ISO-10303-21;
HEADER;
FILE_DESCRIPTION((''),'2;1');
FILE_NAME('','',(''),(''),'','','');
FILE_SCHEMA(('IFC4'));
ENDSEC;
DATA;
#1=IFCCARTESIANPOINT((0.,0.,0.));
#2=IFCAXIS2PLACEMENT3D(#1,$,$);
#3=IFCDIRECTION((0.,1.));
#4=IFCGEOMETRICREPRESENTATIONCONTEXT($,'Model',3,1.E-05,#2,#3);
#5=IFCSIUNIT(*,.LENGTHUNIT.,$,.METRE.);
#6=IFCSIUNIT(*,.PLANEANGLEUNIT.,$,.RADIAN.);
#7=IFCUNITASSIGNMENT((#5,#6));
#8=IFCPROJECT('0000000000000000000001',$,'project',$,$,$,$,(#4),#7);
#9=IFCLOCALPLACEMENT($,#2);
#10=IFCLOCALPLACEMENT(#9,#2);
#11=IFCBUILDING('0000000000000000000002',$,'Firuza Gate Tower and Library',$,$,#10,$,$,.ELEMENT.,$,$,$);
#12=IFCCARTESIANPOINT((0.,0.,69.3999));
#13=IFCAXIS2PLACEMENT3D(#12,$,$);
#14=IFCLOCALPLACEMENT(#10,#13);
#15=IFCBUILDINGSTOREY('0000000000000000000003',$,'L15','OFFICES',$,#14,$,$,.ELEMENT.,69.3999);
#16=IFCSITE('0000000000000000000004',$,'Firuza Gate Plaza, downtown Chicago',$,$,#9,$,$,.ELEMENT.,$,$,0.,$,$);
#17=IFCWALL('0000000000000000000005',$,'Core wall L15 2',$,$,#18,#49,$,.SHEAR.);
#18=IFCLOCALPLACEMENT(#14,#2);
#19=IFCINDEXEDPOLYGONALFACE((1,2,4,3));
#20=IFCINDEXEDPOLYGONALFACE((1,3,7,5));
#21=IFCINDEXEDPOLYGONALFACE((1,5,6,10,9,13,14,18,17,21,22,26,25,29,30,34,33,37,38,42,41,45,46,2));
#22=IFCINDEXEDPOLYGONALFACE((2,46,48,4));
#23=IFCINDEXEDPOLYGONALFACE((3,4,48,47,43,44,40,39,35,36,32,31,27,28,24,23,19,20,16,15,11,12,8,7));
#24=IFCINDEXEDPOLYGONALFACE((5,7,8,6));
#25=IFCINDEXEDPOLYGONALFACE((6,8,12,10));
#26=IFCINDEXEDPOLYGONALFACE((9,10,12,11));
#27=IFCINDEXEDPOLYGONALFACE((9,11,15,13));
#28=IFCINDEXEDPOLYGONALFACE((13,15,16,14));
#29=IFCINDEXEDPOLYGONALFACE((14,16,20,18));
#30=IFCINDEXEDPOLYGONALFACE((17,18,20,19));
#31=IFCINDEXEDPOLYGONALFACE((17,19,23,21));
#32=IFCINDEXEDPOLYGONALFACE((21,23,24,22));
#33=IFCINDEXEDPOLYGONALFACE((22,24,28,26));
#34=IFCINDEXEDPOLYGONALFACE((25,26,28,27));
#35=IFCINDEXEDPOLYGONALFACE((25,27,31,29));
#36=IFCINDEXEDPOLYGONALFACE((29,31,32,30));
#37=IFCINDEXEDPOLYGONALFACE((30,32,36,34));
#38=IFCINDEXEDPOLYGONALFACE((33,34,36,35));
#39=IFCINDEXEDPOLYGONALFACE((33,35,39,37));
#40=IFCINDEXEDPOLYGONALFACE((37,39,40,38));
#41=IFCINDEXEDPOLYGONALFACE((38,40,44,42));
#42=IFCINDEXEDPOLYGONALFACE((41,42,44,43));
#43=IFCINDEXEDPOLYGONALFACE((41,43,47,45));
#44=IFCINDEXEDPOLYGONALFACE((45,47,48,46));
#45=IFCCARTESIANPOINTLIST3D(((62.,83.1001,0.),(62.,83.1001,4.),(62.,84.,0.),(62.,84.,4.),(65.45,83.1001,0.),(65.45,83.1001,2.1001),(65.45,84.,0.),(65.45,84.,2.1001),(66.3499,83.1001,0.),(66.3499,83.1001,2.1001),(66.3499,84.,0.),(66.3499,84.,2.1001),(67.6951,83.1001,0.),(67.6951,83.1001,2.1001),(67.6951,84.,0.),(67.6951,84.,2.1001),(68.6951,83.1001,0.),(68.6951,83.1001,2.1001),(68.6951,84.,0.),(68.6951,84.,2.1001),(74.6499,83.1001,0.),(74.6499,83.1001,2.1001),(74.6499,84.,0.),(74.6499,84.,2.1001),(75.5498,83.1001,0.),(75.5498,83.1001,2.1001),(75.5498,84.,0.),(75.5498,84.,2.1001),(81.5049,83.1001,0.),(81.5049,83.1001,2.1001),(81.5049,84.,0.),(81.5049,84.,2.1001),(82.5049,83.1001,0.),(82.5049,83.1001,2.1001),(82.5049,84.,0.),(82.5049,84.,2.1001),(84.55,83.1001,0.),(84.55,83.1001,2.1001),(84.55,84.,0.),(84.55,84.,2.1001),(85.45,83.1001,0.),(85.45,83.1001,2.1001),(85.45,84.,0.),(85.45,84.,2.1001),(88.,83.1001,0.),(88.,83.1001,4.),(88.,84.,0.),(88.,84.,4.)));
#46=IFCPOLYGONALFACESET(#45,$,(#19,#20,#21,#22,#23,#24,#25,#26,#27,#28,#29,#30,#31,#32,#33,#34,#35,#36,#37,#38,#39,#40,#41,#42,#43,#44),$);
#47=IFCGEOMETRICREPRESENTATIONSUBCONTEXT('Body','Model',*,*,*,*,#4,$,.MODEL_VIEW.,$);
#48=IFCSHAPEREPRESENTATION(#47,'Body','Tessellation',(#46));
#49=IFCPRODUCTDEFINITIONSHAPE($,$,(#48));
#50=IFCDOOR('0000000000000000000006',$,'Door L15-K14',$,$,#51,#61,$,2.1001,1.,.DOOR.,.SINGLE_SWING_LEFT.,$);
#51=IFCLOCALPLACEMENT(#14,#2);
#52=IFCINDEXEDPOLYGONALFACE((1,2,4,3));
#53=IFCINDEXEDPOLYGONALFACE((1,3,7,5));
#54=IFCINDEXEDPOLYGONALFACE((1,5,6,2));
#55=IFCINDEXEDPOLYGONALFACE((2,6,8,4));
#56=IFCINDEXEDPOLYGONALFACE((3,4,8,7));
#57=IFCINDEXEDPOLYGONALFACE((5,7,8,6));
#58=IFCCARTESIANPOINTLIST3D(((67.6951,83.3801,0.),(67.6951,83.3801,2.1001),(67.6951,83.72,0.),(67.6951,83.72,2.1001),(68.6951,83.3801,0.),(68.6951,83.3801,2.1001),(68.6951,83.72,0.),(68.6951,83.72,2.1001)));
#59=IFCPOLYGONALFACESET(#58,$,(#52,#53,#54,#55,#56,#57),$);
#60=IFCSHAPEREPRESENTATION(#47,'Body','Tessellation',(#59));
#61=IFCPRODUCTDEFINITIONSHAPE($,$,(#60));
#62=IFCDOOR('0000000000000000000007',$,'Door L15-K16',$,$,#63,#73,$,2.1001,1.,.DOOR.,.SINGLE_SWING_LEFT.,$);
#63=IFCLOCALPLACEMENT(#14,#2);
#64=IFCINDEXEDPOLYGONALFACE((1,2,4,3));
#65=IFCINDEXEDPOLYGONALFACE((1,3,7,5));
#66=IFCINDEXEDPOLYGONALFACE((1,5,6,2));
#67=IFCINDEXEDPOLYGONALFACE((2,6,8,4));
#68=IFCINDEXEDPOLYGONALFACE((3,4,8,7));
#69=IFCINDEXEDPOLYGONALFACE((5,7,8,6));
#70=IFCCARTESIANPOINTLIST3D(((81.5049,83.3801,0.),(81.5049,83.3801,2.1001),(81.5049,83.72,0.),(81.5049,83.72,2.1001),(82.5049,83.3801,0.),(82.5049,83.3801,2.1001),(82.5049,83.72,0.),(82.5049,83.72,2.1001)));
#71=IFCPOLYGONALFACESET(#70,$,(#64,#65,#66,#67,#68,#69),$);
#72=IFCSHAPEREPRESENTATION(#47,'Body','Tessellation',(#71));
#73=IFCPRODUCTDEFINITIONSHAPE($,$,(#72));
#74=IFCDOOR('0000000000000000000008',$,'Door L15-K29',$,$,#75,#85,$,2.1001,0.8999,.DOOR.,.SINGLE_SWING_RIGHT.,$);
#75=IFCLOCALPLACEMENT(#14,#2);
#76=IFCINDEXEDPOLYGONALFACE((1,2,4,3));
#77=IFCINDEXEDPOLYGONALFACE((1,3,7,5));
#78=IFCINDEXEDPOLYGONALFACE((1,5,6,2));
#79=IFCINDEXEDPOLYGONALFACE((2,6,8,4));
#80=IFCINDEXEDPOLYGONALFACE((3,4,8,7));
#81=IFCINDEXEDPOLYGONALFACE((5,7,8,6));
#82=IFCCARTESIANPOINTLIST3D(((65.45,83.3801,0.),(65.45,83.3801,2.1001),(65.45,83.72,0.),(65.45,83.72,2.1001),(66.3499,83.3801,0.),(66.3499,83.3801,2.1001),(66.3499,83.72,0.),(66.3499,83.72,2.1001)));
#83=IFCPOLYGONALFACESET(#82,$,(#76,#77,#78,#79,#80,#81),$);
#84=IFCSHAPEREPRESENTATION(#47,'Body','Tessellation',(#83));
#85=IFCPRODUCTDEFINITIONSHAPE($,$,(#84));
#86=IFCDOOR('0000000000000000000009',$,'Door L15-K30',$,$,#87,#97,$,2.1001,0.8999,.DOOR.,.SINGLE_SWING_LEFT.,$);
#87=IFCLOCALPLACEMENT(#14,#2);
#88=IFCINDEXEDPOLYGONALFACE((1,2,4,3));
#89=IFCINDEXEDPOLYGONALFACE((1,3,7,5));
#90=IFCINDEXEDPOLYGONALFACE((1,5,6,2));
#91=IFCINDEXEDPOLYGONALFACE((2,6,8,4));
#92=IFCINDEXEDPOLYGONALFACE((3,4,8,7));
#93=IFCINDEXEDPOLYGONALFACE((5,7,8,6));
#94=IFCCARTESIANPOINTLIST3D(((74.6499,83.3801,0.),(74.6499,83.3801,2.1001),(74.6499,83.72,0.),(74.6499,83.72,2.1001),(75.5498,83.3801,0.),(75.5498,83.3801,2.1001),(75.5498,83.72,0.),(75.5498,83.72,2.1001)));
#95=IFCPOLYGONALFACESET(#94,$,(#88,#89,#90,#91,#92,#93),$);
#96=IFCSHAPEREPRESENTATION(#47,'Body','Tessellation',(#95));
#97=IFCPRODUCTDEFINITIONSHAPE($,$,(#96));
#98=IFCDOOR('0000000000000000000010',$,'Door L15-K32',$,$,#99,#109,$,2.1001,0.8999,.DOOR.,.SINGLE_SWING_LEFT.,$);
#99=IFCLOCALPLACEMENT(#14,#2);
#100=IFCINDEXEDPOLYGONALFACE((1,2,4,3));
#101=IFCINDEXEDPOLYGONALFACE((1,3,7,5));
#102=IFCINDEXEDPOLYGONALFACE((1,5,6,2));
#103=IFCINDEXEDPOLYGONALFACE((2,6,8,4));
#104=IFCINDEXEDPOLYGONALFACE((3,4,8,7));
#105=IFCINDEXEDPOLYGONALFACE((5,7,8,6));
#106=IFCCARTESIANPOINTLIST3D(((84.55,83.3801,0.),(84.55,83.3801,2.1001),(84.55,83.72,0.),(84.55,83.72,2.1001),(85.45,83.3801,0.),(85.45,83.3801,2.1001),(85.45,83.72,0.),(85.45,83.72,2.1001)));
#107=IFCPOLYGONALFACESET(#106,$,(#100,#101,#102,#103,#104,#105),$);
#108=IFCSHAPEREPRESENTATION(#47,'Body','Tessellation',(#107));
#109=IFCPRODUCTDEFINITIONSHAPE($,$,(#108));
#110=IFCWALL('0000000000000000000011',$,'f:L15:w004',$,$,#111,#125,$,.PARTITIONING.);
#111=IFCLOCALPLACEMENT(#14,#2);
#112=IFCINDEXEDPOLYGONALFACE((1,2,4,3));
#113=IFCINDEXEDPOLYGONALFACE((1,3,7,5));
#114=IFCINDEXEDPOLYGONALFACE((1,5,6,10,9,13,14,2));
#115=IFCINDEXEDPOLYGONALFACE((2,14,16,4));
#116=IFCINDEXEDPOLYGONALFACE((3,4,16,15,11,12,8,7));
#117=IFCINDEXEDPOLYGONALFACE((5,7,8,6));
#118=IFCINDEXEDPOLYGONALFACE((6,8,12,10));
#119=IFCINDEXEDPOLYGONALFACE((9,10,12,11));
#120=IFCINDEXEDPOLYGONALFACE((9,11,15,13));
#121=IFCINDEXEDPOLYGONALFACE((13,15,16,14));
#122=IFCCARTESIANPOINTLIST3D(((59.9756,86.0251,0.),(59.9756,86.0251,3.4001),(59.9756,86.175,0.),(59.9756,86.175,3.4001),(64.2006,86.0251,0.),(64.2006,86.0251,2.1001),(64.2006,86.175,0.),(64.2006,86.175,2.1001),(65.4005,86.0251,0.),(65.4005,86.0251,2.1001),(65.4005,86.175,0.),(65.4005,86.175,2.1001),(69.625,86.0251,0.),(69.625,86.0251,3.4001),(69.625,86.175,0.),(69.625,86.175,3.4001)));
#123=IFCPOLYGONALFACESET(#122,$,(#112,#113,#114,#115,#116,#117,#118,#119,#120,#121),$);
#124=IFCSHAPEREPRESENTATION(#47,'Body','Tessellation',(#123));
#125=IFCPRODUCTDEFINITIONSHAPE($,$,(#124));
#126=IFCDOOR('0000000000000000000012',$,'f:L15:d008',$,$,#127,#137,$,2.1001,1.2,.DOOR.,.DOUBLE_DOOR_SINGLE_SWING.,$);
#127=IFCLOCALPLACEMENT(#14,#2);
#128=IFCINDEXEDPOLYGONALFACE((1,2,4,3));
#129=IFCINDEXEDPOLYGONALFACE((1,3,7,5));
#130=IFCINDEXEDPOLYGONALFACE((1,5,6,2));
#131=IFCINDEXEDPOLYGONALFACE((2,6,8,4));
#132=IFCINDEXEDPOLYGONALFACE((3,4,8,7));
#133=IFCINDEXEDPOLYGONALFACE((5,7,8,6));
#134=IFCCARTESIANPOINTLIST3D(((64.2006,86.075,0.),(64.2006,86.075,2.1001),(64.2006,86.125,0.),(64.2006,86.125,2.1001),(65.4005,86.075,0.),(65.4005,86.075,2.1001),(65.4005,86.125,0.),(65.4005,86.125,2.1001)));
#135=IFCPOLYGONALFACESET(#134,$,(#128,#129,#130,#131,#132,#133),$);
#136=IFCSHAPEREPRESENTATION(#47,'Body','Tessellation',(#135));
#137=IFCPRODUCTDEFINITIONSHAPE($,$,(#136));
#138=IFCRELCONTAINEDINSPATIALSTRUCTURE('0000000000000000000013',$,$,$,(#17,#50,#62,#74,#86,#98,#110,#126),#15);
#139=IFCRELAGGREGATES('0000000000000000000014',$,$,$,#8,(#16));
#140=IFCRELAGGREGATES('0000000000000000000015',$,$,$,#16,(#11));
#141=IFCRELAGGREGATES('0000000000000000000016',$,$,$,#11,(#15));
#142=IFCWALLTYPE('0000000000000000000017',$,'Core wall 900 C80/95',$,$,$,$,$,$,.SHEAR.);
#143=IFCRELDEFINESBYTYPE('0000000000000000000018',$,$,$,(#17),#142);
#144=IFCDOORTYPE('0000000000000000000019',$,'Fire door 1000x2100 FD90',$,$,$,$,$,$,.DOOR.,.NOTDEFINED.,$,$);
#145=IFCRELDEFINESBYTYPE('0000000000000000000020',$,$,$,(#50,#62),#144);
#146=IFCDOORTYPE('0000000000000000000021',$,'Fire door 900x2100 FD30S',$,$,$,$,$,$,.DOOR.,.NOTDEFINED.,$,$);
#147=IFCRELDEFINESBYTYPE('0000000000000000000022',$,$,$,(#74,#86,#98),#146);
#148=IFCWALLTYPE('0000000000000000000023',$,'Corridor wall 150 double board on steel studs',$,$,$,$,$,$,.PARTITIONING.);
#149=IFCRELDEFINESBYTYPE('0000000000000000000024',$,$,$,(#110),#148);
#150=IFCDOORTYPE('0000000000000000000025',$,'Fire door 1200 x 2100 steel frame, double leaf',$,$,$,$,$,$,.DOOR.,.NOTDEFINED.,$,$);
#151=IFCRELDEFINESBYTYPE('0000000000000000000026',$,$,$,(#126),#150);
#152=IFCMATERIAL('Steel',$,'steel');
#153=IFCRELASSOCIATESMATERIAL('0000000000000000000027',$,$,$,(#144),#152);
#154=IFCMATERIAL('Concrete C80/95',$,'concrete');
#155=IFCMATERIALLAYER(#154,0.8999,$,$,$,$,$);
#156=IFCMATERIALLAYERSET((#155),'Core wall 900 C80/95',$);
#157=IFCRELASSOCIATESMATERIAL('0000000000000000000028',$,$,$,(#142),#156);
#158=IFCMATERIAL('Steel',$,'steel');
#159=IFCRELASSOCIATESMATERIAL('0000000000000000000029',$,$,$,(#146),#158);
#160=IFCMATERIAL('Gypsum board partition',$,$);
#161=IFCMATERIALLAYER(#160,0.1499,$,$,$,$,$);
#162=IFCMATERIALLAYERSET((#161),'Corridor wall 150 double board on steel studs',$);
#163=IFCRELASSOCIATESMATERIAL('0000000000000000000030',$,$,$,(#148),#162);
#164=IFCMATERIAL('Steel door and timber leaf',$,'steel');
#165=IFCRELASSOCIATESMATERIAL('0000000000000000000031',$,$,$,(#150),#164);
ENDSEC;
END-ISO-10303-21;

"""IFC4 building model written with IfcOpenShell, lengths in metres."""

from ifc_helpers import new_model, si_unit, direction, frame, frame_2d, origin, place, context, subcontext, project, spatial, rectangle, extrude, material, layer, layer_set, type_object, element, fill, save


model = new_model("IFC4")

# Units and contexts
model_context = context("Model", 3, precision=1e-05, world=origin(), true_north=direction((0.0, 1.0)))
body_context = subcontext(model_context, "Body", "Model", "MODEL_VIEW")
ifc_project = project(units=[si_unit("LENGTHUNIT", "METRE"), si_unit("PLANEANGLEUNIT", "RADIAN")], contexts=[model_context])

# Site, building, storey
site_placement = place(None, origin())
site = spatial("IfcSite", under=ifc_project, at=site_placement, Name="Firuza Gate Plaza, downtown Chicago", CompositionType="ELEMENT", RefElevation=0.0)
building_placement = place(site_placement, origin())
building = spatial("IfcBuilding", under=site, at=building_placement, Name="Firuza Gate Tower and Library", CompositionType="ELEMENT")
storey_placement = place(building_placement, frame((0.0, 0.0, 69.3999)))
storey = spatial("IfcBuildingStorey", under=building, at=storey_placement, Name="L15", Description="OFFICES", CompositionType="ELEMENT", Elevation=69.3999)

# Shared definitions
ifc_material_1 = material(Name="Steel", Category="steel")
door_type_1 = type_object("IfcDoorType", Name="Fire door 1000x2100 FD90", OperationType="NOTDEFINED", PredefinedType="DOOR", material=ifc_material_1)

# Wall, openings, doors
ifc_material_2 = material(Name="Concrete C80/95", Category="concrete")
ifc_layer_1 = layer(ifc_material_2, 0.8999)
ifc_layer_set_1 = layer_set([ifc_layer_1], Name="Core wall 900 C80/95")
wall_type_1 = type_object("IfcWallType", Name="Core wall 900 C80/95", PredefinedType="SHEAR", material=ifc_layer_set_1)
wall_1_placement = place(storey_placement, frame((62.0, 83.55, 0.0), z_axis=(0.0, 0.0, 1.0), x_axis=(1.0, 0.0, 0.0)))
wall_1 = element("IfcWall", 1, at=wall_1_placement, inside=storey, type_object=wall_type_1, Name="Core wall L15 2", PredefinedType="SHEAR", context=body_context, shape_type="SweptSolid", body=[
    extrude(rectangle(XDim=26.0, YDim=0.8999, at=frame_2d((13.0, 0.0))), origin(), (0.0, 0.0, 1.0), 4.0),
])
opening_1_placement = place(wall_1_placement, frame((5.6951, 0.0, 0.0)))
opening_1 = element("IfcOpeningElement", 2, at=opening_1_placement, cuts=wall_1, PredefinedType="OPENING", context=body_context, shape_type="SweptSolid", body=[
    extrude(rectangle(XDim=1.0, YDim=2.1001, at=frame_2d((0.5, 1.05))), frame((0.0, 0.46, 0.0), z_axis=(0.0, -1.0, 0.0), x_axis=(1.0, 0.0, 0.0)), (0.0, 0.0, 1.0), 0.9199),
])
opening_2_placement = place(wall_1_placement, frame((19.5049, 0.0, 0.0)))
opening_2 = element("IfcOpeningElement", 3, at=opening_2_placement, cuts=wall_1, PredefinedType="OPENING", context=body_context, shape_type="SweptSolid", body=[
    extrude(rectangle(XDim=1.0, YDim=2.1001, at=frame_2d((0.5, 1.05))), frame((0.0, 0.46, 0.0), z_axis=(0.0, -1.0, 0.0), x_axis=(1.0, 0.0, 0.0)), (0.0, 0.0, 1.0), 0.9199),
])
opening_3_placement = place(wall_1_placement, frame((3.45, 0.0, 0.0)))
opening_3 = element("IfcOpeningElement", 4, at=opening_3_placement, cuts=wall_1, PredefinedType="OPENING", context=body_context, shape_type="SweptSolid", body=[
    extrude(rectangle(XDim=0.8999, YDim=2.1001, at=frame_2d((0.45, 1.05))), frame((0.0, 0.46, 0.0), z_axis=(0.0, -1.0, 0.0), x_axis=(1.0, 0.0, 0.0)), (0.0, 0.0, 1.0), 0.9199),
])
opening_4_placement = place(wall_1_placement, frame((12.6499, 0.0, 0.0)))
opening_4 = element("IfcOpeningElement", 5, at=opening_4_placement, cuts=wall_1, PredefinedType="OPENING", context=body_context, shape_type="SweptSolid", body=[
    extrude(rectangle(XDim=0.8999, YDim=2.1001, at=frame_2d((0.45, 1.05))), frame((0.0, 0.46, 0.0), z_axis=(0.0, -1.0, 0.0), x_axis=(1.0, 0.0, 0.0)), (0.0, 0.0, 1.0), 0.9199),
])
opening_5_placement = place(wall_1_placement, frame((22.55, 0.0, 0.0)))
opening_5 = element("IfcOpeningElement", 6, at=opening_5_placement, cuts=wall_1, PredefinedType="OPENING", context=body_context, shape_type="SweptSolid", body=[
    extrude(rectangle(XDim=0.8999, YDim=2.1001, at=frame_2d((0.45, 1.05))), frame((0.0, 0.46, 0.0), z_axis=(0.0, -1.0, 0.0), x_axis=(1.0, 0.0, 0.0)), (0.0, 0.0, 1.0), 0.9199),
])
door_1_placement = place(opening_1_placement, origin())
door_1 = element("IfcDoor", 7, at=door_1_placement, inside=storey, type_object=door_type_1, Name="Door L15-K14", OperationType="SINGLE_SWING_LEFT", OverallHeight=2.1001, OverallWidth=1.0, PredefinedType="DOOR", context=body_context, shape_type="SweptSolid", body=[
    extrude(rectangle(XDim=1.0, YDim=2.1001, at=frame_2d((0.5, 1.05))), frame((0.0, 0.1699, 0.0), z_axis=(0.0, -1.0, 0.0), x_axis=(1.0, 0.0, 0.0)), (0.0, 0.0, 1.0), 0.3398),
])
fill(opening_1, door_1)
door_2_placement = place(opening_2_placement, origin())
door_2 = element("IfcDoor", 8, at=door_2_placement, inside=storey, type_object=door_type_1, Name="Door L15-K16", OperationType="SINGLE_SWING_LEFT", OverallHeight=2.1001, OverallWidth=1.0, PredefinedType="DOOR", context=body_context, shape_type="SweptSolid", body=[
    extrude(rectangle(XDim=1.0, YDim=2.1001, at=frame_2d((0.5, 1.05))), frame((0.0, 0.1699, 0.0), z_axis=(0.0, -1.0, 0.0), x_axis=(1.0, 0.0, 0.0)), (0.0, 0.0, 1.0), 0.3398),
])
fill(opening_2, door_2)
ifc_material_3 = material(Name="Steel", Category="steel")
door_type_2 = type_object("IfcDoorType", Name="Fire door 900x2100 FD30S", OperationType="NOTDEFINED", PredefinedType="DOOR", material=ifc_material_3)
door_3_placement = place(opening_3_placement, origin())
door_3 = element("IfcDoor", 9, at=door_3_placement, inside=storey, type_object=door_type_2, Name="Door L15-K29", OperationType="SINGLE_SWING_RIGHT", OverallHeight=2.1001, OverallWidth=0.8999, PredefinedType="DOOR", context=body_context, shape_type="SweptSolid", body=[
    extrude(rectangle(XDim=0.8999, YDim=2.1001, at=frame_2d((0.45, 1.05))), frame((0.0, 0.1699, 0.0), z_axis=(0.0, -1.0, 0.0), x_axis=(1.0, 0.0, 0.0)), (0.0, 0.0, 1.0), 0.3398),
])
fill(opening_3, door_3)
door_4_placement = place(opening_4_placement, origin())
door_4 = element("IfcDoor", 10, at=door_4_placement, inside=storey, type_object=door_type_2, Name="Door L15-K30", OperationType="SINGLE_SWING_LEFT", OverallHeight=2.1001, OverallWidth=0.8999, PredefinedType="DOOR", context=body_context, shape_type="SweptSolid", body=[
    extrude(rectangle(XDim=0.8999, YDim=2.1001, at=frame_2d((0.45, 1.05))), frame((0.0, 0.1699, 0.0), z_axis=(0.0, -1.0, 0.0), x_axis=(1.0, 0.0, 0.0)), (0.0, 0.0, 1.0), 0.3398),
])
fill(opening_4, door_4)
door_5_placement = place(opening_5_placement, origin())
door_5 = element("IfcDoor", 11, at=door_5_placement, inside=storey, type_object=door_type_2, Name="Door L15-K32", OperationType="SINGLE_SWING_LEFT", OverallHeight=2.1001, OverallWidth=0.8999, PredefinedType="DOOR", context=body_context, shape_type="SweptSolid", body=[
    extrude(rectangle(XDim=0.8999, YDim=2.1001, at=frame_2d((0.45, 1.05))), frame((0.0, 0.1699, 0.0), z_axis=(0.0, -1.0, 0.0), x_axis=(1.0, 0.0, 0.0)), (0.0, 0.0, 1.0), 0.3398),
])
fill(opening_5, door_5)

# Wall, opening, door
ifc_material_4 = material(Name="Gypsum board partition")
ifc_layer_2 = layer(ifc_material_4, 0.1499)
ifc_layer_set_2 = layer_set([ifc_layer_2], Name="Corridor wall 150 double board on steel studs")
wall_type_2 = type_object("IfcWallType", Name="Corridor wall 150 double board on steel studs", PredefinedType="PARTITIONING", material=ifc_layer_set_2)
wall_2_placement = place(storey_placement, frame((59.9756, 86.1001, 0.0), z_axis=(0.0, 0.0, 1.0), x_axis=(1.0, 0.0, 0.0)))
wall_2 = element("IfcWall", 12, at=wall_2_placement, inside=storey, type_object=wall_type_2, Name="f:L15:w004", PredefinedType="PARTITIONING", context=body_context, shape_type="SweptSolid", body=[
    extrude(rectangle(XDim=9.6494, YDim=0.1499, at=frame_2d((4.8247, 0.0))), origin(), (0.0, 0.0, 1.0), 3.4001),
])
opening_6_placement = place(wall_2_placement, frame((4.2249, 0.0, 0.0)))
opening_6 = element("IfcOpeningElement", 13, at=opening_6_placement, cuts=wall_2, PredefinedType="OPENING", context=body_context, shape_type="SweptSolid", body=[
    extrude(rectangle(XDim=1.2, YDim=2.1001, at=frame_2d((0.6001, 1.05))), frame((0.0, 0.085, 0.0), z_axis=(0.0, -1.0, 0.0), x_axis=(1.0, 0.0, 0.0)), (0.0, 0.0, 1.0), 0.1699),
])
ifc_material_5 = material(Name="Steel door and timber leaf", Category="steel")
door_type_3 = type_object("IfcDoorType", Name="Fire door 1200 x 2100 steel frame, double leaf", OperationType="NOTDEFINED", PredefinedType="DOOR", material=ifc_material_5)
door_6_placement = place(opening_6_placement, origin())
door_6 = element("IfcDoor", 14, at=door_6_placement, inside=storey, type_object=door_type_3, Name="f:L15:d008", OperationType="DOUBLE_DOOR_SINGLE_SWING", OverallHeight=2.1001, OverallWidth=1.2, PredefinedType="DOOR", context=body_context, shape_type="SweptSolid", body=[
    extrude(rectangle(XDim=1.2, YDim=2.1001, at=frame_2d((0.6001, 1.05))), frame((0.0, 0.0249, 0.0), z_axis=(0.0, -1.0, 0.0), x_axis=(1.0, 0.0, 0.0)), (0.0, 0.0, 1.0), 0.05),
])
fill(opening_6, door_6)

save(model, "model.ifc")
